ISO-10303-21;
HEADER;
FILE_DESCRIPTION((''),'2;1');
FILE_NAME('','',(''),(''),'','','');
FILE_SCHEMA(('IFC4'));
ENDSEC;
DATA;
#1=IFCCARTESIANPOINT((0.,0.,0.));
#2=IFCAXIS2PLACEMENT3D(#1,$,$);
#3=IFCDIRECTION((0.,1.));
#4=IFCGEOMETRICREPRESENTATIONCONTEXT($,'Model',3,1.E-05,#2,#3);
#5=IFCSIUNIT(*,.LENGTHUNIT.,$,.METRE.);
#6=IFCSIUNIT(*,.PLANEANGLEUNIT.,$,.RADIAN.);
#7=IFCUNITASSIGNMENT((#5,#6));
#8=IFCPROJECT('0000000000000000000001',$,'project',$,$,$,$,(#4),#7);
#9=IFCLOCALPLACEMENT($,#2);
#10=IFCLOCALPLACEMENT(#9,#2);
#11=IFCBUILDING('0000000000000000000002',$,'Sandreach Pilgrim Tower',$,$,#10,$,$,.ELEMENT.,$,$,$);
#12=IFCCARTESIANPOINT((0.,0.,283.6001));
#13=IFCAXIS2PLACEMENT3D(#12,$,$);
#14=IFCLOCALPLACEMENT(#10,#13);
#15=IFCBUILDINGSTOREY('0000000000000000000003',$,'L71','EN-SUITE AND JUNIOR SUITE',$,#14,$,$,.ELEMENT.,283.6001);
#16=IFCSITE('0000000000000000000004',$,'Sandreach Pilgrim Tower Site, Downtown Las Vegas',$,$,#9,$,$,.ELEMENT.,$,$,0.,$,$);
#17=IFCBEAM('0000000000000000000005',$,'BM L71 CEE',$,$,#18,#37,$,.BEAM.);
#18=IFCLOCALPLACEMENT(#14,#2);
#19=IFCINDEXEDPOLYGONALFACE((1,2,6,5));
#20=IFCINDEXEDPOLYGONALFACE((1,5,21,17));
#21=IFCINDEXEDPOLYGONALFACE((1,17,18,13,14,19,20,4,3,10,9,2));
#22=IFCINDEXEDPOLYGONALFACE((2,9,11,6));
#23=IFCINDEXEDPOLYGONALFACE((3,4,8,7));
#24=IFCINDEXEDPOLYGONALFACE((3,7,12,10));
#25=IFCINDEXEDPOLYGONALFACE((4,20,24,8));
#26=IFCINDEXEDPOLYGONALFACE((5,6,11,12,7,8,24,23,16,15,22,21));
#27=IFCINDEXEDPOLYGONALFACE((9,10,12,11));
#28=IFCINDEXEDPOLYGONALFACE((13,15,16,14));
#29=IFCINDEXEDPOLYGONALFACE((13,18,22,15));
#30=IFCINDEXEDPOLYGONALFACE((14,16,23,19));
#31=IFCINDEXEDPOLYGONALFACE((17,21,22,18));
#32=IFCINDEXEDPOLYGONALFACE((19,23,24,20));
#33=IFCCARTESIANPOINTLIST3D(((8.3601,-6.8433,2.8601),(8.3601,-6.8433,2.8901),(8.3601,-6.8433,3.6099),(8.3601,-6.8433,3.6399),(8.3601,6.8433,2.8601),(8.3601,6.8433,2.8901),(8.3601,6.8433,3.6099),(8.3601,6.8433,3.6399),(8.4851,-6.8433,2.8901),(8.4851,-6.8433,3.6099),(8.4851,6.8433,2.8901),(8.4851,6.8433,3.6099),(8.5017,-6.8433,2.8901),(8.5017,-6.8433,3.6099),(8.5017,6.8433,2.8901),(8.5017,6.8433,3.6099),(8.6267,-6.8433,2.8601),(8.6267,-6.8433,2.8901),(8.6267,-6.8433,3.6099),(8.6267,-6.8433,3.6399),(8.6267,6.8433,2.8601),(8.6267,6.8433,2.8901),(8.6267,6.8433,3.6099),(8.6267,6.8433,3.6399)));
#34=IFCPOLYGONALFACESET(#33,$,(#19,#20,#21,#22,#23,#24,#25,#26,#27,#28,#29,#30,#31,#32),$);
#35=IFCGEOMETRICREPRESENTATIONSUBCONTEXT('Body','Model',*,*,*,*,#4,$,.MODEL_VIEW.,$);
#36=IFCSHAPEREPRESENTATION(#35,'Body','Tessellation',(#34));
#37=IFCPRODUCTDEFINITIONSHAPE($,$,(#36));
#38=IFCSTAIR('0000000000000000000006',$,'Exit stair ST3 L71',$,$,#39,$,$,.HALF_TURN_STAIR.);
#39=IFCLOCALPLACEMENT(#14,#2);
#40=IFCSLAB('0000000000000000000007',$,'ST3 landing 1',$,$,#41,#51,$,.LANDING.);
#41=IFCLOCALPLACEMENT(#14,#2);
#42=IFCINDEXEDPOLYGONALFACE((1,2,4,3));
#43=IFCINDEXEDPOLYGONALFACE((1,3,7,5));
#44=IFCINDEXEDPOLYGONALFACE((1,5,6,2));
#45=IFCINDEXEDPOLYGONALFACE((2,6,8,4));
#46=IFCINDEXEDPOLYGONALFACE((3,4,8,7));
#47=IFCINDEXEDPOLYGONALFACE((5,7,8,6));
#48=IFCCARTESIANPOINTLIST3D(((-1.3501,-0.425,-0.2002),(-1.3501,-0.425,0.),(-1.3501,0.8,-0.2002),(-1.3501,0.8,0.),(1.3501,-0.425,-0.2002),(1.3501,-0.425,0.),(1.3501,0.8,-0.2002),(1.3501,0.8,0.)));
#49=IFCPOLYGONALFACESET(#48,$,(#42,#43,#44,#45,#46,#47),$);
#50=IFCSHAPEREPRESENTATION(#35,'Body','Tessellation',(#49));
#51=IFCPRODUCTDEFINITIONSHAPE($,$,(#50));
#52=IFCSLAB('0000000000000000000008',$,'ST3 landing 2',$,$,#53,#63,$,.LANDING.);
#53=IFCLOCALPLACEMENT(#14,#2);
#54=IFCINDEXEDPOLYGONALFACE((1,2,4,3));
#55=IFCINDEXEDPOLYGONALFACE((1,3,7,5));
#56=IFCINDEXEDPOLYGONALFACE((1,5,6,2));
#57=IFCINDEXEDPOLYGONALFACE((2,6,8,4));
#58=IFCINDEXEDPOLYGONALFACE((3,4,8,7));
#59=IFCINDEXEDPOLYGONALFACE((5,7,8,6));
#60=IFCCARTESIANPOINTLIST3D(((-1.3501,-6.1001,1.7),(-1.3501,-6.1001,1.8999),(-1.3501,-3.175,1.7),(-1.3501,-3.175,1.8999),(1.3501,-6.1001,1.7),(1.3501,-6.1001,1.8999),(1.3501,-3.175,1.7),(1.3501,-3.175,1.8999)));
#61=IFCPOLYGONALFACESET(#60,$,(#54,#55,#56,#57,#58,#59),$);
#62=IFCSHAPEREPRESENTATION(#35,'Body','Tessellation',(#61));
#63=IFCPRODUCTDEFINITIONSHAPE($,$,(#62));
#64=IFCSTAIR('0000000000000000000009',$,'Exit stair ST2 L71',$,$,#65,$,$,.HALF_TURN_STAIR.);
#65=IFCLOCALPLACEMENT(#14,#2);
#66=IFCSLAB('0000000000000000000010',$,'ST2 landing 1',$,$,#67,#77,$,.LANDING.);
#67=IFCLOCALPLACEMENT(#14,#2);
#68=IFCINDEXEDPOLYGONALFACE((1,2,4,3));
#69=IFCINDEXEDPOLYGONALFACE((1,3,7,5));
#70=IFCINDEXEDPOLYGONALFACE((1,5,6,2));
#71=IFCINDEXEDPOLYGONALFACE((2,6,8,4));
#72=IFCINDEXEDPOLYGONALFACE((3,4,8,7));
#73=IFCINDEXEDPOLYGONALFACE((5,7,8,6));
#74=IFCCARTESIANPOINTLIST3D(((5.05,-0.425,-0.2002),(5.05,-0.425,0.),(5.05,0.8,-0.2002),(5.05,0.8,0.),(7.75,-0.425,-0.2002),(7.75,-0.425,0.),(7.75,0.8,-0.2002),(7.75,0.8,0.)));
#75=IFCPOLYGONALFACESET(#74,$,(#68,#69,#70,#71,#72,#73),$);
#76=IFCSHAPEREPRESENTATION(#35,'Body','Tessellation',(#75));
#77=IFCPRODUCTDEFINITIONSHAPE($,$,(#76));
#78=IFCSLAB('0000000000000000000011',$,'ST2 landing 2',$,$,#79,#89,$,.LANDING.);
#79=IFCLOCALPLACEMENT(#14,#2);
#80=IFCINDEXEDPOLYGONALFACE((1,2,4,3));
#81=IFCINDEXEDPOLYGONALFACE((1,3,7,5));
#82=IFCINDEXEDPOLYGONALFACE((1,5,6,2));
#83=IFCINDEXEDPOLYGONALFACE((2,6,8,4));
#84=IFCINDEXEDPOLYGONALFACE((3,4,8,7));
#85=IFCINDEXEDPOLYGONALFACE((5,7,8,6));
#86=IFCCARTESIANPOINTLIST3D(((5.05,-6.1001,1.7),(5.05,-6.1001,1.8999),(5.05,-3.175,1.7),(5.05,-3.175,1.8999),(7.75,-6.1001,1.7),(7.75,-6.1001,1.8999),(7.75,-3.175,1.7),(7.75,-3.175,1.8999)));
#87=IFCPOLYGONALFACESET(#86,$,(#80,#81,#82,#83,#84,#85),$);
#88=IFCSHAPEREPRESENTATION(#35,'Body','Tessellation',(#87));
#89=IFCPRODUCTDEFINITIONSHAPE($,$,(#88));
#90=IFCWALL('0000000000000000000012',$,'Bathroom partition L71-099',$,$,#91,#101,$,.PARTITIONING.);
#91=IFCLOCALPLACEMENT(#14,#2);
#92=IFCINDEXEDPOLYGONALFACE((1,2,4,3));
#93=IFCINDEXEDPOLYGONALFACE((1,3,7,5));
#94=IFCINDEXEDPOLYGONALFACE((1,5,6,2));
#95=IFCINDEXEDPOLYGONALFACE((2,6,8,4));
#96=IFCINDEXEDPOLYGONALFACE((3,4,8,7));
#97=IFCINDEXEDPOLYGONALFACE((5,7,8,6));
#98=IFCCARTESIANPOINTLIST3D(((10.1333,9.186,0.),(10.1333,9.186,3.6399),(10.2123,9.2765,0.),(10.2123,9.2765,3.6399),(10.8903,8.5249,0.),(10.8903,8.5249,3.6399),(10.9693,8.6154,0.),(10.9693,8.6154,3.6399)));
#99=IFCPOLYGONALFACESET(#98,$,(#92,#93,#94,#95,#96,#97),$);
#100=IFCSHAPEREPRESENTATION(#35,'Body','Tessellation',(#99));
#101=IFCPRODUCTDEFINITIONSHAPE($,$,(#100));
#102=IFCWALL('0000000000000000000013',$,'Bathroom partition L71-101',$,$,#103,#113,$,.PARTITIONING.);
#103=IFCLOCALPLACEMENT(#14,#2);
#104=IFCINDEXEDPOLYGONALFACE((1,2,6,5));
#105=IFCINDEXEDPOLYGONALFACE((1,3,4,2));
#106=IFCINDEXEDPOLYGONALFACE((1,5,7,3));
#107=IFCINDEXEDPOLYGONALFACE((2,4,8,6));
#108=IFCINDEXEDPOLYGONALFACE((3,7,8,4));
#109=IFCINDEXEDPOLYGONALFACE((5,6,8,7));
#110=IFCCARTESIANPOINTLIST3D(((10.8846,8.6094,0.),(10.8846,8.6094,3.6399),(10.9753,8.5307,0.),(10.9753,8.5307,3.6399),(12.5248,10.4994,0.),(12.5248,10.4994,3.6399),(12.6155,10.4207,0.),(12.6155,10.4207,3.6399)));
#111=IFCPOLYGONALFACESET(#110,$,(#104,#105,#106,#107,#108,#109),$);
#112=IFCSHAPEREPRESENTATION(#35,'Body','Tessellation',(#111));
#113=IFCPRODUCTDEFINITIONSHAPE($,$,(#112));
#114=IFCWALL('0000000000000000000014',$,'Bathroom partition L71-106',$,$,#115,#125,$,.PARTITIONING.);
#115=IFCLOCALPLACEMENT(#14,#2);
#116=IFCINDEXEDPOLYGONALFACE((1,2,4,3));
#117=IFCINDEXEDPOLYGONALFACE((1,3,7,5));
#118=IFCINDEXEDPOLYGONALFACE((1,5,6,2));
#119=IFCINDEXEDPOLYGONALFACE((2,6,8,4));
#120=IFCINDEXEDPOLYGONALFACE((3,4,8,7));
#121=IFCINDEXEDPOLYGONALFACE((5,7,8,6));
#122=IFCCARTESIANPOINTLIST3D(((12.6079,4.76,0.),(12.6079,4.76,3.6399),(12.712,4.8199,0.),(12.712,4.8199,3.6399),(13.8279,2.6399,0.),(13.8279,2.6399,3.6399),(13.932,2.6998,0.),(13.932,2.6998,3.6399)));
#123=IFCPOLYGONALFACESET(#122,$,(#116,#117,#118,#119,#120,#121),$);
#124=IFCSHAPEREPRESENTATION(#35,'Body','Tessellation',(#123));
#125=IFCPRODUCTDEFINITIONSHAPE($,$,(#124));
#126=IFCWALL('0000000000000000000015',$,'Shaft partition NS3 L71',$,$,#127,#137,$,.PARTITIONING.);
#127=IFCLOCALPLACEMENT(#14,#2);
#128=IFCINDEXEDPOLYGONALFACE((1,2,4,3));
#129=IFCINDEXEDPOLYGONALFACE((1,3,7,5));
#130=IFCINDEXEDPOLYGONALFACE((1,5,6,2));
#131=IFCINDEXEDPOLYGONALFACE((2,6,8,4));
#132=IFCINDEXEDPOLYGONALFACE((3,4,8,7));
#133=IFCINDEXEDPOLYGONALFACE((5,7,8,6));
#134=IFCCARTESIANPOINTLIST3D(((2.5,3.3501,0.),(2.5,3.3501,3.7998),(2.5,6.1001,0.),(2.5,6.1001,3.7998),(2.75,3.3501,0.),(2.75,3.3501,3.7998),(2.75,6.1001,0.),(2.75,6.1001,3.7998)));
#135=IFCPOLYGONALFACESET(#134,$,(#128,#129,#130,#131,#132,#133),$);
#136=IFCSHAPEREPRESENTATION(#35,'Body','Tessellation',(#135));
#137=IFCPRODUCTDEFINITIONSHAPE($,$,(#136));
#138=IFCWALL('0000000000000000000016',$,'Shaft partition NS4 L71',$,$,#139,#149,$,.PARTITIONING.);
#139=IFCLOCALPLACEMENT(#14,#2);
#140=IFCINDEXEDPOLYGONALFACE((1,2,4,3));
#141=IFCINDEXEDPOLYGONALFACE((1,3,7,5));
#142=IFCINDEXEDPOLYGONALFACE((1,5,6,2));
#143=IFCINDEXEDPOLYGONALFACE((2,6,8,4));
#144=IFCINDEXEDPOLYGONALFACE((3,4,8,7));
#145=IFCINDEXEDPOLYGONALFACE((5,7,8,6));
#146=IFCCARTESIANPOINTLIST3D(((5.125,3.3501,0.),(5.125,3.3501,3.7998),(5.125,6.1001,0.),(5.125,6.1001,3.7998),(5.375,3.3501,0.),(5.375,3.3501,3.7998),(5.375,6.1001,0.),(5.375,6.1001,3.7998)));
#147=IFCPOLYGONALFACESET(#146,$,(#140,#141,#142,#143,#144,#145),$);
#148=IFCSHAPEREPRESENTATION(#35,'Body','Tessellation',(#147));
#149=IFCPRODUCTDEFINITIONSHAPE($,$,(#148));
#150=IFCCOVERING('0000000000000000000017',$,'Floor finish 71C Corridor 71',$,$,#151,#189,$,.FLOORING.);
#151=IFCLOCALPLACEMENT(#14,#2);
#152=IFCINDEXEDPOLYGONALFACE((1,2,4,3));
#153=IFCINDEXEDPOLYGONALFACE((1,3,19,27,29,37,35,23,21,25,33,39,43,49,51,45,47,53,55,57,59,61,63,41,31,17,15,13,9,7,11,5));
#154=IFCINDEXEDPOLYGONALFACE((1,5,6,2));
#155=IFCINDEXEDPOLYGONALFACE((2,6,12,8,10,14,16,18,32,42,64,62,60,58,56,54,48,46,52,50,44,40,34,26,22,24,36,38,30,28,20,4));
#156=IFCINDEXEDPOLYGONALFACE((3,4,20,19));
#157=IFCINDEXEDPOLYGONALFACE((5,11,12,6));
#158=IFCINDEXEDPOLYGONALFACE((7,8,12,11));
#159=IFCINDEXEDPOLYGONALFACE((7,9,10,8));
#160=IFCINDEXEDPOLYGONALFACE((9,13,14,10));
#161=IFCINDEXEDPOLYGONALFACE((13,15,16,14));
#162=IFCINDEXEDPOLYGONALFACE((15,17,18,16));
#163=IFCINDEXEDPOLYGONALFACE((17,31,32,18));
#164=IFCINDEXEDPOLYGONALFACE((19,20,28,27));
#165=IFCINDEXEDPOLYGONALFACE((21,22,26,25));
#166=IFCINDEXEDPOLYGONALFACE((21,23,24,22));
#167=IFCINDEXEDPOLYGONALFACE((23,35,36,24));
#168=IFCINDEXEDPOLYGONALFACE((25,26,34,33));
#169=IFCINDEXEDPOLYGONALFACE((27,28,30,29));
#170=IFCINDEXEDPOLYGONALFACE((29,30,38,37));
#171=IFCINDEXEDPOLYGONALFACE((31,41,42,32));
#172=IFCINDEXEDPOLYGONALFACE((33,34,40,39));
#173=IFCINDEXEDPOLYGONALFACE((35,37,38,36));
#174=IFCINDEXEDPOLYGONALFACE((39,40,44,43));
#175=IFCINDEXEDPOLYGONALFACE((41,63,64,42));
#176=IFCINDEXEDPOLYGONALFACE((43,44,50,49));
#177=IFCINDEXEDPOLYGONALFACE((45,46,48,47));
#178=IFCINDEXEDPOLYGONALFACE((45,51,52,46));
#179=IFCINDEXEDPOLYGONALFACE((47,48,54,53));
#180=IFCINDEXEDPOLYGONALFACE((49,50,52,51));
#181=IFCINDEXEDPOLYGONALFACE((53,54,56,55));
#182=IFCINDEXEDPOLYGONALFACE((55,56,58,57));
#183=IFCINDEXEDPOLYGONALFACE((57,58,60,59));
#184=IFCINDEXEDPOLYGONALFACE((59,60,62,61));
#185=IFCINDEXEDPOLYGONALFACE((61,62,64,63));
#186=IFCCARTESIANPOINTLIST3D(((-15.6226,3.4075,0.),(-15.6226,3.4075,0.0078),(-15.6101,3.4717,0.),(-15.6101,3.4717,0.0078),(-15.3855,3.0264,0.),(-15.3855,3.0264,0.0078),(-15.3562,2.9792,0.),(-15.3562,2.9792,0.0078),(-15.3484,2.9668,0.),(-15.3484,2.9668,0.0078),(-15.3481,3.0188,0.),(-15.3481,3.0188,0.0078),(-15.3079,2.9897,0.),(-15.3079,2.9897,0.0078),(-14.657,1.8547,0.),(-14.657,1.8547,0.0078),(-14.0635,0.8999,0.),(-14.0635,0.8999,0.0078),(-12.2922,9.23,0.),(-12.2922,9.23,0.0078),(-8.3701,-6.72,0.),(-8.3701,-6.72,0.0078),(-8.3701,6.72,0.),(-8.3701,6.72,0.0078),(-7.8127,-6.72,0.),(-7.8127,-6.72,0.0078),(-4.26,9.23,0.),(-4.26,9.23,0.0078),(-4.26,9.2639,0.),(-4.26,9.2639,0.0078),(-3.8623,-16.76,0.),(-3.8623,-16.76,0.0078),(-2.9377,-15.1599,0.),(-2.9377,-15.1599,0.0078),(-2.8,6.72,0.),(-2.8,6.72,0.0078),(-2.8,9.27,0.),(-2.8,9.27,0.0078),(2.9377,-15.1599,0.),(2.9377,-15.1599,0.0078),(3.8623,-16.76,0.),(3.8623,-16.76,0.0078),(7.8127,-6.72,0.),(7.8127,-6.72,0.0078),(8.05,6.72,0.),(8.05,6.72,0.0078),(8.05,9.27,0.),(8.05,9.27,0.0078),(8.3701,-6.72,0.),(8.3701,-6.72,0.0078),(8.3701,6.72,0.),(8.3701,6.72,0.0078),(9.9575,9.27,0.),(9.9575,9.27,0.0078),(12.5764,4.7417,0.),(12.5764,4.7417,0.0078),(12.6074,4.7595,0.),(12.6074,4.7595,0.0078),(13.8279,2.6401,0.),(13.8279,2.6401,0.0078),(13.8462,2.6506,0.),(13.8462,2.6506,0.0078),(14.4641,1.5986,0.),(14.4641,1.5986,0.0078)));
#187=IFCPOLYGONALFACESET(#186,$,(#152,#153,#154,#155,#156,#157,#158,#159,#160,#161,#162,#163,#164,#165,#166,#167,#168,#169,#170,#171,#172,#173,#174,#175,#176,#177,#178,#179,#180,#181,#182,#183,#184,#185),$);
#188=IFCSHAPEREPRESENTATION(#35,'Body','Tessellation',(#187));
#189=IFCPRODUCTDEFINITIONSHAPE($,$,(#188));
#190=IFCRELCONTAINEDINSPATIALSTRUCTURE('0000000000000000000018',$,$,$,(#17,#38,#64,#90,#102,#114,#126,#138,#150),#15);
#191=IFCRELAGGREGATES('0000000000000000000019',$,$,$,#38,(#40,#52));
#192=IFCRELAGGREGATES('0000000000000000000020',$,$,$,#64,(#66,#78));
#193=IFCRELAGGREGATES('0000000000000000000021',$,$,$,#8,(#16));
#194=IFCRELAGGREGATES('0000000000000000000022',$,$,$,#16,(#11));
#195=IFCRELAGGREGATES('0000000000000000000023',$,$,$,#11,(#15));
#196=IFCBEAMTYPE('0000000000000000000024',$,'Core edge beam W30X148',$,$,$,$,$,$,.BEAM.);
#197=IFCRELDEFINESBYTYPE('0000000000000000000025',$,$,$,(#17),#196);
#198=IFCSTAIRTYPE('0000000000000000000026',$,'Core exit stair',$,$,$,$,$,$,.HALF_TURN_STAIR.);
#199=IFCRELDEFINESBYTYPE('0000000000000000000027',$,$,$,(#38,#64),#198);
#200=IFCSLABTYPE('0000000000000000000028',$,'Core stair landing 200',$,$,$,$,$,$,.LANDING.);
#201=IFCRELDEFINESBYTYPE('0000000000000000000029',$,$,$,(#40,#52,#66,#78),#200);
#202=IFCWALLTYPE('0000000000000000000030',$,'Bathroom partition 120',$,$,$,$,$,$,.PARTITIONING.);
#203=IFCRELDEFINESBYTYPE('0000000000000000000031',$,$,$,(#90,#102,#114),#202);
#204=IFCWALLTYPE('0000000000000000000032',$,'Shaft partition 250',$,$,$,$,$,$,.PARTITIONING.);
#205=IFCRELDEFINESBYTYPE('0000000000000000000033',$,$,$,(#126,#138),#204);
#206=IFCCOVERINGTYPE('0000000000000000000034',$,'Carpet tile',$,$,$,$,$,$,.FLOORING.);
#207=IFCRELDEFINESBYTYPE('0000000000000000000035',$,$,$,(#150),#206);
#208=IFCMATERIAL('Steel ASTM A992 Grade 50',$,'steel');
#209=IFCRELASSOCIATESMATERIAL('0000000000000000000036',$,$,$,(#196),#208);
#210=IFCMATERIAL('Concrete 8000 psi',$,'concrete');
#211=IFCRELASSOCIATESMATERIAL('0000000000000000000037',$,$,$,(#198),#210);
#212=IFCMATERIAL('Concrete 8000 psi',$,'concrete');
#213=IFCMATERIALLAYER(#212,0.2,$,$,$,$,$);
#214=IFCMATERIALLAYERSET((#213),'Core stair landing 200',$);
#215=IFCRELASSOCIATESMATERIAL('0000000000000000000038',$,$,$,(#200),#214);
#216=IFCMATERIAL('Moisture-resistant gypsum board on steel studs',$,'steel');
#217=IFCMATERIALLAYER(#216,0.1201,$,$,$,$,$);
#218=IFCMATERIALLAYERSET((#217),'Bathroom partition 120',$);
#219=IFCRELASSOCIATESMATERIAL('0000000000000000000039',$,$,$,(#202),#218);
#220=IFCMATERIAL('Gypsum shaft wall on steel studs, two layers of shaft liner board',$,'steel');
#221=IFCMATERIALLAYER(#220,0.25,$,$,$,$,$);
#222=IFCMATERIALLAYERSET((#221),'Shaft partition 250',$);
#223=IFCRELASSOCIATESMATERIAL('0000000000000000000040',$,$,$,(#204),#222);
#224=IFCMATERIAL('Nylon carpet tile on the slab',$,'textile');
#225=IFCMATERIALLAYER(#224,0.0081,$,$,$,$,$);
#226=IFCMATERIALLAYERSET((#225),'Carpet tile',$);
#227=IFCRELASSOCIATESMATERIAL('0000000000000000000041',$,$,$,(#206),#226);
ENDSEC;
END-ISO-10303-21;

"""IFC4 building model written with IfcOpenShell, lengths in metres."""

from ifc_helpers import new_model, si_unit, direction, frame, frame_2d, origin, origin_2d, place, context, subcontext, project, spatial, polyline, rectangle, i_section, outline, extrude, material, layer, layer_set, material_profile, profile_set, type_object, element, aggregate, save


model = new_model("IFC4")

# Units and contexts
model_context = context("Model", 3, precision=1e-05, world=origin(), true_north=direction((0.0, 1.0)))
body_context = subcontext(model_context, "Body", "Model", "MODEL_VIEW")
ifc_project = project(units=[si_unit("LENGTHUNIT", "METRE"), si_unit("PLANEANGLEUNIT", "RADIAN")], contexts=[model_context])

# Site, building, storey
site_placement = place(None, origin())
site = spatial("IfcSite", under=ifc_project, at=site_placement, Name="Sandreach Pilgrim Tower Site, Downtown Las Vegas", CompositionType="ELEMENT", RefElevation=0.0)
building_placement = place(site_placement, origin())
building = spatial("IfcBuilding", under=site, at=building_placement, Name="Sandreach Pilgrim Tower", CompositionType="ELEMENT")
storey_placement = place(building_placement, frame((0.0, 0.0, 283.6001)))
storey = spatial("IfcBuildingStorey", under=building, at=storey_placement, Name="L71", Description="EN-SUITE AND JUNIOR SUITE", CompositionType="ELEMENT", Elevation=283.6001)

# Beam
ifc_material_1 = material(Name="Steel ASTM A992 Grade 50", Category="steel")
ifc_material_profile = material_profile(ifc_material_1, i_section(OverallWidth=0.2666, OverallDepth=0.7798, WebThickness=0.0166, FlangeThickness=0.03, at=origin_2d()), Name="W30X148")
ifc_profile_set = profile_set([ifc_material_profile], Name="Steel ASTM A992 Grade 50")
beam_type = type_object("IfcBeamType", Name="Core edge beam W30X148", PredefinedType="BEAM", material=ifc_profile_set)
beam_placement = place(storey_placement, frame((8.4934, 6.8433, 3.25), z_axis=(0.0, -1.0, 0.0), x_axis=(1.0, 0.0, 0.0)))
element("IfcBeam", 1, at=beam_placement, inside=storey, type_object=beam_type, Name="BM L71 CEE", PredefinedType="BEAM", context=body_context, shape_type="SweptSolid", body=[
    extrude(i_section(OverallWidth=0.2666, OverallDepth=0.7798, WebThickness=0.0166, FlangeThickness=0.03, at=origin_2d()), origin(), (0.0, 0.0, 1.0), 13.6865),
])

# Stairs, slabs
ifc_material_2 = material(Name="Concrete 8000 psi", Category="concrete")
stair_type = type_object("IfcStairType", Name="Core exit stair", PredefinedType="HALF_TURN_STAIR", material=ifc_material_2)
stair_1_placement = place(storey_placement, origin())
stair_1 = element("IfcStair", 2, at=stair_1_placement, inside=storey, type_object=stair_type, Name="Exit stair ST3 L71", PredefinedType="HALF_TURN_STAIR")
ifc_material_3 = material(Name="Concrete 8000 psi", Category="concrete")
ifc_layer_1 = layer(ifc_material_3, 0.2)
ifc_layer_set_1 = layer_set([ifc_layer_1], Name="Core stair landing 200")
slab_type = type_object("IfcSlabType", Name="Core stair landing 200", PredefinedType="LANDING", material=ifc_layer_set_1)
slab_1_placement = place(storey_placement, frame((0.0, 0.0, -0.2002)))
slab_1 = element("IfcSlab", 3, at=slab_1_placement, type_object=slab_type, Name="ST3 landing 1", PredefinedType="LANDING", context=body_context, shape_type="SweptSolid", body=[
    extrude(outline(polyline([(-1.3501, -0.425), (1.3501, -0.425), (1.3501, 0.8), (-1.3501, 0.8), (-1.3501, -0.425)])), origin(), (0.0, 0.0, 1.0), 0.2002),
])
slab_2_placement = place(storey_placement, frame((0.0, 0.0, 1.7)))
slab_2 = element("IfcSlab", 4, at=slab_2_placement, type_object=slab_type, Name="ST3 landing 2", PredefinedType="LANDING", context=body_context, shape_type="SweptSolid", body=[
    extrude(outline(polyline([(-1.3501, -6.1001), (1.3501, -6.1001), (1.3501, -3.175), (-1.3501, -3.175), (-1.3501, -6.1001)])), origin(), (0.0, 0.0, 1.0), 0.2),
])
aggregate(stair_1, [slab_1, slab_2])
stair_2_placement = place(storey_placement, origin())
stair_2 = element("IfcStair", 5, at=stair_2_placement, inside=storey, type_object=stair_type, Name="Exit stair ST2 L71", PredefinedType="HALF_TURN_STAIR")
slab_3_placement = place(storey_placement, frame((0.0, 0.0, -0.2002)))
slab_3 = element("IfcSlab", 6, at=slab_3_placement, type_object=slab_type, Name="ST2 landing 1", PredefinedType="LANDING", context=body_context, shape_type="SweptSolid", body=[
    extrude(outline(polyline([(5.05, -0.425), (7.75, -0.425), (7.75, 0.8), (5.05, 0.8), (5.05, -0.425)])), origin(), (0.0, 0.0, 1.0), 0.2002),
])
slab_4_placement = place(storey_placement, frame((0.0, 0.0, 1.7)))
slab_4 = element("IfcSlab", 7, at=slab_4_placement, type_object=slab_type, Name="ST2 landing 2", PredefinedType="LANDING", context=body_context, shape_type="SweptSolid", body=[
    extrude(outline(polyline([(5.05, -6.1001), (7.75, -6.1001), (7.75, -3.175), (5.05, -3.175), (5.05, -6.1001)])), origin(), (0.0, 0.0, 1.0), 0.2),
])
aggregate(stair_2, [slab_3, slab_4])

# Walls
ifc_material_4 = material(Name="Moisture-resistant gypsum board on steel studs", Category="steel")
ifc_layer_2 = layer(ifc_material_4, 0.1201)
ifc_layer_set_2 = layer_set([ifc_layer_2], Name="Bathroom partition 120")
wall_type_1 = type_object("IfcWallType", Name="Bathroom partition 120", PredefinedType="PARTITIONING", material=ifc_layer_set_2)
wall_1_placement = place(storey_placement, frame((10.1729, 9.2312, 0.0), z_axis=(0.0, 0.0, 1.0), x_axis=(0.753223, -0.657765, 0.0)))
element("IfcWall", 8, at=wall_1_placement, inside=storey, type_object=wall_type_1, Name="Bathroom partition L71-099", PredefinedType="PARTITIONING", context=body_context, shape_type="SweptSolid", body=[
    extrude(rectangle(XDim=1.0051, YDim=0.1201, at=frame_2d((0.5024, 0.0))), origin(), (0.0, 0.0, 1.0), 3.6399),
])
wall_2_placement = place(storey_placement, frame((10.9299, 8.5701, 0.0), z_axis=(0.0, 0.0, 1.0), x_axis=(0.655439, 0.755248, 0.0)))
element("IfcWall", 9, at=wall_2_placement, inside=storey, type_object=wall_type_1, Name="Bathroom partition L71-101", PredefinedType="PARTITIONING", context=body_context, shape_type="SweptSolid", body=[
    extrude(rectangle(XDim=2.5024, YDim=0.1201, at=frame_2d((1.2512, 0.0))), origin(), (0.0, 0.0, 1.0), 3.6399),
])
wall_3_placement = place(storey_placement, frame((12.6599, 4.79, 0.0), z_axis=(0.0, 0.0, 1.0), x_axis=(0.498749, -0.866747, 0.0)))
element("IfcWall", 10, at=wall_3_placement, inside=storey, type_object=wall_type_1, Name="Bathroom partition L71-106", PredefinedType="PARTITIONING", context=body_context, shape_type="SweptSolid", body=[
    extrude(rectangle(XDim=2.446, YDim=0.1201, at=frame_2d((1.2231, 0.0))), origin(), (0.0, 0.0, 1.0), 3.6399),
])

# Walls
ifc_material_5 = material(Name="Gypsum shaft wall on steel studs, two layers of shaft liner board", Category="steel")
ifc_layer_3 = layer(ifc_material_5, 0.25)
ifc_layer_set_3 = layer_set([ifc_layer_3], Name="Shaft partition 250")
wall_type_2 = type_object("IfcWallType", Name="Shaft partition 250", PredefinedType="PARTITIONING", material=ifc_layer_set_3)
for number, where, z_axis, x_axis, name in (
    (11, (2.625, 3.3501, 0.0), (0.0, 0.0, 1.0), (0.0, 1.0, 0.0), "Shaft partition NS3 L71"),
    (12, (5.25, 3.3501, 0.0), (0.0, 0.0, 1.0), (0.0, 1.0, 0.0), "Shaft partition NS4 L71"),
):
    element("IfcWall", number, at=place(storey_placement, frame(where, z_axis=z_axis, x_axis=x_axis)), inside=storey, type_object=wall_type_2, Name=name, PredefinedType="PARTITIONING", context=body_context, shape_type="SweptSolid", body=[
        extrude(rectangle(XDim=2.75, YDim=0.25, at=frame_2d((1.375, 0.0))), origin(), (0.0, 0.0, 1.0), 3.7998),
    ])

# Covering
ifc_material_6 = material(Name="Nylon carpet tile on the slab", Category="textile")
ifc_layer_4 = layer(ifc_material_6, 0.0081)
ifc_layer_set_4 = layer_set([ifc_layer_4], Name="Carpet tile")
covering_type_1 = type_object("IfcCoveringType", Name="Carpet tile", PredefinedType="FLOORING", material=ifc_layer_set_4)
covering_1_placement = place(storey_placement, origin())
element("IfcCovering", 13, at=covering_1_placement, inside=storey, type_object=covering_type_1, Name="Floor finish 71C Corridor 71", PredefinedType="FLOORING", context=body_context, shape_type="SweptSolid", body=[
    extrude(outline(polyline([(-15.6101, 3.4717), (-12.2922, 9.23), (-4.26, 9.23), (-4.26, 9.2639), (-2.8, 9.27), (-2.8, 6.72), (-8.3701, 6.72), (-8.3701, -6.72), (-7.8127, -6.72), (-2.9377, -15.1599), (2.9377, -15.1599), (7.8127, -6.72), (8.3701, -6.72), (8.3701, 6.72), (8.05, 6.72), (8.05, 9.27), (9.9575, 9.27), (12.5764, 4.7417), (12.6074, 4.7595), (13.8279, 2.6401), (13.8462, 2.6506), (14.4641, 1.5986), (3.8623, -16.76), (-3.8623, -16.76), (-14.0635, 0.8999), (-14.657, 1.8547), (-15.3079, 2.9897), (-15.3484, 2.9668), (-15.3562, 2.9792), (-15.3481, 3.0188), (-15.3855, 3.0264), (-15.6226, 3.4075), (-15.6101, 3.4717)])), origin(), (0.0, 0.0, 1.0), 0.0078),
])

save(model, "model.ifc")
